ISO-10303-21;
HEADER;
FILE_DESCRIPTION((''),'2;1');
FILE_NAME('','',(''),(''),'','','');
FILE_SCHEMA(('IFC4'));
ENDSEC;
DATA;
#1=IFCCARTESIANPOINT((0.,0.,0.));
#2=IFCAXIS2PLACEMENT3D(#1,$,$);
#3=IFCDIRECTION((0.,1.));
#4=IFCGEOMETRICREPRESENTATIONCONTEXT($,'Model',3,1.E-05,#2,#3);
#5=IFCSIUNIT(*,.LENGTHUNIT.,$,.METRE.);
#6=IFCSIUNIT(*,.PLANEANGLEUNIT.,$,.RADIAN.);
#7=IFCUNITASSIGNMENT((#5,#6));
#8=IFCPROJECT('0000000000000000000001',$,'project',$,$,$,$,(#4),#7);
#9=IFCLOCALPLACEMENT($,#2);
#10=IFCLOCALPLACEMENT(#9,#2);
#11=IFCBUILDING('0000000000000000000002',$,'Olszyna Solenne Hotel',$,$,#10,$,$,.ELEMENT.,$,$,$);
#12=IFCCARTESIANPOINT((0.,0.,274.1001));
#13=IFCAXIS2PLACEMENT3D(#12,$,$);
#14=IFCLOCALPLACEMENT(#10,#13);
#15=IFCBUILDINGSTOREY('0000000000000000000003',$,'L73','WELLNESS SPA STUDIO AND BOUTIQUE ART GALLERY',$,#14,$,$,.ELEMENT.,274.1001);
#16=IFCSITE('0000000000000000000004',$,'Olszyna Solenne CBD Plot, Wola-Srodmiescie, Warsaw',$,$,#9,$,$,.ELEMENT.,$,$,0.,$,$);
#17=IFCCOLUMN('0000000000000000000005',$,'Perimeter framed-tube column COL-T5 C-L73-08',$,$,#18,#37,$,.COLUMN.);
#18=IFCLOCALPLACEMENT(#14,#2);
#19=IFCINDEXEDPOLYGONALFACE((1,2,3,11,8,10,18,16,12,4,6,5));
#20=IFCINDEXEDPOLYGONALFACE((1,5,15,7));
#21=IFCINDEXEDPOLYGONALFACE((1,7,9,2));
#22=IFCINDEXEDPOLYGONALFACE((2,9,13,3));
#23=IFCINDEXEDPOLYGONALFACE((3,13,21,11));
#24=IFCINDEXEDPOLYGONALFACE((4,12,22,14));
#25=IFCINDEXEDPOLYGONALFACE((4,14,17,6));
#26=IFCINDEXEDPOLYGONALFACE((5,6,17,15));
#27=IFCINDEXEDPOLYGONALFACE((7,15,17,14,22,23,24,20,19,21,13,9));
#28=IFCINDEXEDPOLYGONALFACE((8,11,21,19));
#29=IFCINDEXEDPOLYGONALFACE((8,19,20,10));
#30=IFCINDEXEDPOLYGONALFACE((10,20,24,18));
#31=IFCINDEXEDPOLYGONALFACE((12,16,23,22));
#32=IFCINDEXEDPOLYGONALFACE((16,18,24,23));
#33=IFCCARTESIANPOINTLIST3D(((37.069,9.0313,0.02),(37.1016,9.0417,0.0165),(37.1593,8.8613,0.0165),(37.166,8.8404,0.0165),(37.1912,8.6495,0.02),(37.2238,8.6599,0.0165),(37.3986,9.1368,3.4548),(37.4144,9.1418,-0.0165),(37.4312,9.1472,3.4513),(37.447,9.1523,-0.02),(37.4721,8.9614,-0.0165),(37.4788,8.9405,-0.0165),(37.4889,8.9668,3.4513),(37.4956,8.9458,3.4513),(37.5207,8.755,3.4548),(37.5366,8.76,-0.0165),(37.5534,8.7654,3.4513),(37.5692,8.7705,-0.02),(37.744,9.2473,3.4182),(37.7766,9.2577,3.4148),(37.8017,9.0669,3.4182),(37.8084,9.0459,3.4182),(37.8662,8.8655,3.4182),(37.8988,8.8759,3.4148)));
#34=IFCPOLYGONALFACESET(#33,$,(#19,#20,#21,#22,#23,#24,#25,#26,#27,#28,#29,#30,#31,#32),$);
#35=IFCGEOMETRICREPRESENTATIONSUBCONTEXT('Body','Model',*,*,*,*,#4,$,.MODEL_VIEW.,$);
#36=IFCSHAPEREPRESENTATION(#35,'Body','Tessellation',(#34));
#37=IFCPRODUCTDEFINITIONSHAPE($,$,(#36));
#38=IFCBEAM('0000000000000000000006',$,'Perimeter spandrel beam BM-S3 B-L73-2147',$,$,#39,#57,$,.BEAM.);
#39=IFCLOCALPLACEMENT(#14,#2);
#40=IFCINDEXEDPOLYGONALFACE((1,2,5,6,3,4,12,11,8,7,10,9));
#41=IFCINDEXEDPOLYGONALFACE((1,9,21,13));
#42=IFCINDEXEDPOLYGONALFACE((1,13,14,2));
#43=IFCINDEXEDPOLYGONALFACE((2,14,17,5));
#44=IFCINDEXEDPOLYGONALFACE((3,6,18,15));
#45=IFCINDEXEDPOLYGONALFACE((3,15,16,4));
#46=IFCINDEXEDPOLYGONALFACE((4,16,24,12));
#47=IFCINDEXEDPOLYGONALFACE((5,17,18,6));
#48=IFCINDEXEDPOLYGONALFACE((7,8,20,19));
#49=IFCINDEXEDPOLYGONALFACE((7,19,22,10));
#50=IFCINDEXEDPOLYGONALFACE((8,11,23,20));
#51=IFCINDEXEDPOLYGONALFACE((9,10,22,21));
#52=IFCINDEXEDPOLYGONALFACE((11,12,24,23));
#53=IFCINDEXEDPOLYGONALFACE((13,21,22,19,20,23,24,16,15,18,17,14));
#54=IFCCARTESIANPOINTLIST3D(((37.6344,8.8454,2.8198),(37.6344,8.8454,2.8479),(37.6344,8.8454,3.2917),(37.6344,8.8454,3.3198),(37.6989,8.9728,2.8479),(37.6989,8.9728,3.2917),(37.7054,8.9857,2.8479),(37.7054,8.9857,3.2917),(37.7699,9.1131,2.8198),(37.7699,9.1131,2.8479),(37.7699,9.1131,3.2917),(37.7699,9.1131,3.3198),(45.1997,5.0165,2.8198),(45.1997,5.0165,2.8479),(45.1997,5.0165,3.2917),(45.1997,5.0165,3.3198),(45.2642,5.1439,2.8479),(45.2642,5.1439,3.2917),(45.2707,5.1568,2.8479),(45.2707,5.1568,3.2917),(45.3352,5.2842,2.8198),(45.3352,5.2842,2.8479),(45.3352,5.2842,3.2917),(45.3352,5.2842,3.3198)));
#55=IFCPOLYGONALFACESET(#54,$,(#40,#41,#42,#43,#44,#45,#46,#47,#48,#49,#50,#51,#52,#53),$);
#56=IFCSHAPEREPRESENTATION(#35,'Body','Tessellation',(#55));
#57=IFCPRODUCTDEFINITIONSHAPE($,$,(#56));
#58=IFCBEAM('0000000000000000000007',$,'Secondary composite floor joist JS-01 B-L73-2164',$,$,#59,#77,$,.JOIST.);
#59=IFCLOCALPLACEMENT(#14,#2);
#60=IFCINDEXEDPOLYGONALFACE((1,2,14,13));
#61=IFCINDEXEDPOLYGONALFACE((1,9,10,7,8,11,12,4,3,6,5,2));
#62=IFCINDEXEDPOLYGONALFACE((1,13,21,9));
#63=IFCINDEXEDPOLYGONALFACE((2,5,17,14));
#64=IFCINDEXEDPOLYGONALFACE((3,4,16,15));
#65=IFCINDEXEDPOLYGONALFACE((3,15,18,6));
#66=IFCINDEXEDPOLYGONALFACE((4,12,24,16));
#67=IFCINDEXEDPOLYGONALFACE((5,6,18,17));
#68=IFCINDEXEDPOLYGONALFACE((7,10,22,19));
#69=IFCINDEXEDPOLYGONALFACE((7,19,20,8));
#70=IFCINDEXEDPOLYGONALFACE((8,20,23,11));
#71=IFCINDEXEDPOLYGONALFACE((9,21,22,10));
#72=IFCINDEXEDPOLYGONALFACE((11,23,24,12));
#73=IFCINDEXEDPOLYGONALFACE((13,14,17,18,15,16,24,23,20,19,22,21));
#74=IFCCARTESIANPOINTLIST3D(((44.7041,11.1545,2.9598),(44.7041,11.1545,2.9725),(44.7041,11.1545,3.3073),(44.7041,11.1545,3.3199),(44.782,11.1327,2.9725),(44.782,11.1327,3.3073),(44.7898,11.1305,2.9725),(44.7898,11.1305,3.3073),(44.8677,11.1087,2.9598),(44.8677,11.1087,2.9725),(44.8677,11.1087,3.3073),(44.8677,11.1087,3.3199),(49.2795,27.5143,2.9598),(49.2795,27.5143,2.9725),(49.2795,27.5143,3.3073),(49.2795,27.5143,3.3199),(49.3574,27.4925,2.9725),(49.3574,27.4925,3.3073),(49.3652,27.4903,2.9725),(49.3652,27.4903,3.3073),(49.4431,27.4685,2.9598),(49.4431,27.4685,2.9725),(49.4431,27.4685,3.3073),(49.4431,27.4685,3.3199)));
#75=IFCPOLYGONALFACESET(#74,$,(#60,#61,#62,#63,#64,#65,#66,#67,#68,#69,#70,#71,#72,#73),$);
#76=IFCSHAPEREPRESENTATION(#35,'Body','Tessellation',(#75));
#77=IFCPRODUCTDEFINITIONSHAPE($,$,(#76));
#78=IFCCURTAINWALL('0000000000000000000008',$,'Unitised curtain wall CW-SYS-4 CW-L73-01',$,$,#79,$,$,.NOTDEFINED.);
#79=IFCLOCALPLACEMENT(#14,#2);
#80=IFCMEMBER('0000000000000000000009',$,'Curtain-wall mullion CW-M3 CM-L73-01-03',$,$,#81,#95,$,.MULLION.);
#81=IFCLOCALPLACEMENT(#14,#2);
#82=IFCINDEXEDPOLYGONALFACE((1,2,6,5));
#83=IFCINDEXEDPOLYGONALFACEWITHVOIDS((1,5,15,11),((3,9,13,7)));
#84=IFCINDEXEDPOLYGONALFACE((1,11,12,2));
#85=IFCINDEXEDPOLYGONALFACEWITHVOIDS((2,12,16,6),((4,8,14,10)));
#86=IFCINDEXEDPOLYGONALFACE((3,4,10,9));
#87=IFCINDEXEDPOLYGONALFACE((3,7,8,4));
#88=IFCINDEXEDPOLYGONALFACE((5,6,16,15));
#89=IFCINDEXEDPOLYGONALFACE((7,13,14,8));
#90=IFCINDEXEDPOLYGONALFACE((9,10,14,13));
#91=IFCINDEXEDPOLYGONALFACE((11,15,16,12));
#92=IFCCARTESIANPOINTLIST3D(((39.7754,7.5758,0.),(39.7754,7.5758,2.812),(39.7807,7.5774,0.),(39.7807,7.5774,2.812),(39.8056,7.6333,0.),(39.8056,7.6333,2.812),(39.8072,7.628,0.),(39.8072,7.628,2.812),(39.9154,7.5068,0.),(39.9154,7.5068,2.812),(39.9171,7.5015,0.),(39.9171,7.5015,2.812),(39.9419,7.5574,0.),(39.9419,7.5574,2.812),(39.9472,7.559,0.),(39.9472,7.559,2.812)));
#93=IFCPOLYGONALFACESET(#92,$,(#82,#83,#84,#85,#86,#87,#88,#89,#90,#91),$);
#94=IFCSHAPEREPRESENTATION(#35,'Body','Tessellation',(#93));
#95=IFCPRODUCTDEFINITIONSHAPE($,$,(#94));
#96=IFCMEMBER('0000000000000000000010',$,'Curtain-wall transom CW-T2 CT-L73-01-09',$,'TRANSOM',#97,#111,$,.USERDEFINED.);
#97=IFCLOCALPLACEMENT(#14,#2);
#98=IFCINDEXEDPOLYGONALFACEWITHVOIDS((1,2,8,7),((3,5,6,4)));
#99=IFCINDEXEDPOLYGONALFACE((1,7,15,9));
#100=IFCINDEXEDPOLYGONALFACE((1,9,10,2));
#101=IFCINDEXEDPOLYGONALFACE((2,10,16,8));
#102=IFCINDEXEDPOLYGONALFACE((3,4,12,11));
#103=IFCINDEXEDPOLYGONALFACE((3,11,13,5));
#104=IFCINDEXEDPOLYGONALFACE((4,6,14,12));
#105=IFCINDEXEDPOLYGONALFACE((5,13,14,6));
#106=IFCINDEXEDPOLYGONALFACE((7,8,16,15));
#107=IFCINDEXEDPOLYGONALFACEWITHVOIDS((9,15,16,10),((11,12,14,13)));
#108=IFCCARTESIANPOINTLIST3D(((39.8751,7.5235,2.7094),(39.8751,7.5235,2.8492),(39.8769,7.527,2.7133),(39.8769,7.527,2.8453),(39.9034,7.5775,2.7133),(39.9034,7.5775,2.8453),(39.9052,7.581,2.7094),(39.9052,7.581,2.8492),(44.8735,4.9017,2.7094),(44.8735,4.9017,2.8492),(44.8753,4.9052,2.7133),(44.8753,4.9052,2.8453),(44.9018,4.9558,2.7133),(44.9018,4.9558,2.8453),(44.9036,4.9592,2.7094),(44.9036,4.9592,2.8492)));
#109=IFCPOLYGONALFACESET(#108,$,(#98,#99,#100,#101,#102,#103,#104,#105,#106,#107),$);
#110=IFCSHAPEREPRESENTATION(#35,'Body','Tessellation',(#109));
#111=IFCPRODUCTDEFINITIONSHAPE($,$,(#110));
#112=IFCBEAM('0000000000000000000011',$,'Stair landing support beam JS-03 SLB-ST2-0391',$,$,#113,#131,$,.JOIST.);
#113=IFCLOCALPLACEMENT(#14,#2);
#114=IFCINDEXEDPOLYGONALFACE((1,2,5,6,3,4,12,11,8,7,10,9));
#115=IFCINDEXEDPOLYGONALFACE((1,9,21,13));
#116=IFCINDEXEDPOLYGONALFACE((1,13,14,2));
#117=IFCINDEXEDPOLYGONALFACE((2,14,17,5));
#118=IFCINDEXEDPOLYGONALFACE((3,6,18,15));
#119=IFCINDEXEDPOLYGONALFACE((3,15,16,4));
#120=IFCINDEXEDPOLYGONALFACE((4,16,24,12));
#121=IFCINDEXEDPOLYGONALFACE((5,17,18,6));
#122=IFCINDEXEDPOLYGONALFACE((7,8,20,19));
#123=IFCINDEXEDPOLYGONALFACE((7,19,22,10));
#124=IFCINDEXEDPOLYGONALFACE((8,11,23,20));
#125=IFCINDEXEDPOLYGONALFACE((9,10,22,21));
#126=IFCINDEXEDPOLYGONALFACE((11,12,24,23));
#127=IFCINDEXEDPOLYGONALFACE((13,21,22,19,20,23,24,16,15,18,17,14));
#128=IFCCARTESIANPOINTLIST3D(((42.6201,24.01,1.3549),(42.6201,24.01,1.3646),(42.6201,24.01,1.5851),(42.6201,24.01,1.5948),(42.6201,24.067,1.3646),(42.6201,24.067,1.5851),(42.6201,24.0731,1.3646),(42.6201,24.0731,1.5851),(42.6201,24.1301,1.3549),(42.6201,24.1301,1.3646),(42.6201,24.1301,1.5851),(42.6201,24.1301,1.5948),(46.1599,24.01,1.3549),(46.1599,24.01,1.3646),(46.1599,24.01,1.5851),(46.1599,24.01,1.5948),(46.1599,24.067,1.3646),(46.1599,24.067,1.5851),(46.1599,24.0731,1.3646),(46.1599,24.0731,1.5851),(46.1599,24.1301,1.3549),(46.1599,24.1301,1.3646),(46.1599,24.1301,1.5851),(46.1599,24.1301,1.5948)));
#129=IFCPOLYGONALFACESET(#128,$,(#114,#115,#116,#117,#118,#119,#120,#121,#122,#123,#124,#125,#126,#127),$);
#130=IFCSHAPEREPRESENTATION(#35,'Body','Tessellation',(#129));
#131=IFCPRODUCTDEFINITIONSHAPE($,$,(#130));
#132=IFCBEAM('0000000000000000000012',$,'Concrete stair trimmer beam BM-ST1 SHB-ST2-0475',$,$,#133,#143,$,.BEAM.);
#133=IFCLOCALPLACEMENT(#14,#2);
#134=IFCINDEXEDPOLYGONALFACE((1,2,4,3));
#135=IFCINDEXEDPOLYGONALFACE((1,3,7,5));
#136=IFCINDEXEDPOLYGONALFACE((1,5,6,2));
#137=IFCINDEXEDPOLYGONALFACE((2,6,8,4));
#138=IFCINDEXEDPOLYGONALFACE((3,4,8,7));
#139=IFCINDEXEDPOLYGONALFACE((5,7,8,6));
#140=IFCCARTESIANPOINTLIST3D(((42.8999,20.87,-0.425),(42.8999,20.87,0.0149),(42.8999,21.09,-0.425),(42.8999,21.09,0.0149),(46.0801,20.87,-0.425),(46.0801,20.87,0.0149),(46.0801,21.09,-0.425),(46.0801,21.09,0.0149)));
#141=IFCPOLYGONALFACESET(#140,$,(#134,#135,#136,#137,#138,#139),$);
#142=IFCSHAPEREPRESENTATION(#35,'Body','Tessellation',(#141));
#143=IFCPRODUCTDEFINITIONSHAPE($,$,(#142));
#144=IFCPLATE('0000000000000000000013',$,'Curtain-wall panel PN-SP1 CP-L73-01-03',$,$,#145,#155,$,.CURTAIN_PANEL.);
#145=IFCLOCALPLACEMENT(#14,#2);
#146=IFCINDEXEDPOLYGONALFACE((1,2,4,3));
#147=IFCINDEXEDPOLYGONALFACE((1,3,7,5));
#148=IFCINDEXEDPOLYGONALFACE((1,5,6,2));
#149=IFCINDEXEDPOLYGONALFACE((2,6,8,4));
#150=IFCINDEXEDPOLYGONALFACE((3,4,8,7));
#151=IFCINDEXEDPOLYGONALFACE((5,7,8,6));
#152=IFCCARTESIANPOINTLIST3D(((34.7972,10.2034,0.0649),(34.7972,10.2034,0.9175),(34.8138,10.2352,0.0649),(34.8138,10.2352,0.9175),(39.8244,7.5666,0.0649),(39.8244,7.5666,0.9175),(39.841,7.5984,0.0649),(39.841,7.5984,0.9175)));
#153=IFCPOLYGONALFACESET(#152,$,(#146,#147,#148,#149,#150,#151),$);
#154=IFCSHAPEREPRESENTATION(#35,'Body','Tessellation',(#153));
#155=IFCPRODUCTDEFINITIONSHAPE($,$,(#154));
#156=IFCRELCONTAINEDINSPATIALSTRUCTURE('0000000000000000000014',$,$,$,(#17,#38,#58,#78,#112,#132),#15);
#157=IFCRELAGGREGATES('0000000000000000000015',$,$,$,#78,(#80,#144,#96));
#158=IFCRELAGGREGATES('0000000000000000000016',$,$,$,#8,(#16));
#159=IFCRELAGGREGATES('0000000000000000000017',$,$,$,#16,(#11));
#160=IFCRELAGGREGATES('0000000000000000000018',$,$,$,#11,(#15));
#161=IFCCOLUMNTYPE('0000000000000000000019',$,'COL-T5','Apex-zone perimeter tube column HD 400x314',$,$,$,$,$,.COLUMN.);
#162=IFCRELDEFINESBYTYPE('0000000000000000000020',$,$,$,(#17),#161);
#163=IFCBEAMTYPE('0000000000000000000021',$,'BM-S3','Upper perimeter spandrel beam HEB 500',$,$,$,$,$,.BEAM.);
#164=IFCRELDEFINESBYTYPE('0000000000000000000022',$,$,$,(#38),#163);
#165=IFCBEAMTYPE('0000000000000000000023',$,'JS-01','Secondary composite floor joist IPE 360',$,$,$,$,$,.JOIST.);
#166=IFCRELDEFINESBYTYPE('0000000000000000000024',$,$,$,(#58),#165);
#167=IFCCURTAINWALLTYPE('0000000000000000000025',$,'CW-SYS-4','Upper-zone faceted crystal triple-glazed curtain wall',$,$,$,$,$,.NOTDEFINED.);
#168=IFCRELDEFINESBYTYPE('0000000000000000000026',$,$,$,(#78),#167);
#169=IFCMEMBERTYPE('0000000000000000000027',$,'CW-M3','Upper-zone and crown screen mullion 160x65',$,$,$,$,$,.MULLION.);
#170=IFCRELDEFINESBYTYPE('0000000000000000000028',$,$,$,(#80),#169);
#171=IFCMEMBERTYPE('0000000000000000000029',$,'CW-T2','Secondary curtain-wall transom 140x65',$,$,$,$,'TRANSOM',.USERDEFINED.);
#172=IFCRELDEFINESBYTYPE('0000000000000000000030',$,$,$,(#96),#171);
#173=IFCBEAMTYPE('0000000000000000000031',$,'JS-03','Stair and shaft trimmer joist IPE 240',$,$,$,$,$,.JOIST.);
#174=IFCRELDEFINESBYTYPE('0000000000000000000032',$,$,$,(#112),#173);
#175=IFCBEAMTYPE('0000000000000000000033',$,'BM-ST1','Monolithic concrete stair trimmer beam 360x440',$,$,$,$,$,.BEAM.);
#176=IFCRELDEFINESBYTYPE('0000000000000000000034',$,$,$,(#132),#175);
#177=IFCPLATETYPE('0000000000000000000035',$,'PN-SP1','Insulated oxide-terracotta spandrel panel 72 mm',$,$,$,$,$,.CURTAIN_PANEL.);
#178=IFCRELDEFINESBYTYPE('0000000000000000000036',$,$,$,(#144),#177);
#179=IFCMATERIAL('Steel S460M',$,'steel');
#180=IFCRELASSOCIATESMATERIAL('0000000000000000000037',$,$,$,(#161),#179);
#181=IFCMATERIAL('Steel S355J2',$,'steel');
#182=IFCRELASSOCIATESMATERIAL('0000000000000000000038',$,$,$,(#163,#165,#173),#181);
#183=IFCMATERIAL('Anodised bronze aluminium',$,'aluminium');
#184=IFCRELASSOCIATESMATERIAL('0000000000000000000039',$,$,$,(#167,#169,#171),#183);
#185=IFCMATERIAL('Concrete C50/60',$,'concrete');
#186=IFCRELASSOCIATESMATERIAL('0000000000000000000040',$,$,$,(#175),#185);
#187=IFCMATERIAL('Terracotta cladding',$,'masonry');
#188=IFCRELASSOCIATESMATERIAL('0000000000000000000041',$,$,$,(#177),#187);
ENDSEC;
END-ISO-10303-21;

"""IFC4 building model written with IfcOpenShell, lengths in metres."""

from ifc_helpers import new_model, si_unit, direction, frame, origin, origin_2d, place, context, subcontext, project, spatial, rectangle, hollow_rectangle, i_section, extrude, source, transform, mapped, material, material_profile, profile_set, type_object, element, aggregate, save


model = new_model("IFC4")

# Units and contexts
model_context = context("Model", 3, precision=1e-05, world=origin(), true_north=direction((0.0, 1.0)))
body_context = subcontext(model_context, "Body", "Model", "MODEL_VIEW")
ifc_project = project(units=[si_unit("LENGTHUNIT", "METRE"), si_unit("PLANEANGLEUNIT", "RADIAN")], contexts=[model_context])

# Site, building, storey
site_placement = place(None, origin())
site = spatial("IfcSite", under=ifc_project, at=site_placement, Name="Olszyna Solenne CBD Plot, Wola-Srodmiescie, Warsaw", CompositionType="ELEMENT", RefElevation=0.0)
building_placement = place(site_placement, origin())
building = spatial("IfcBuilding", under=site, at=building_placement, Name="Olszyna Solenne Hotel", CompositionType="ELEMENT")
storey_placement = place(building_placement, frame((0.0, 0.0, 274.1001)))
storey = spatial("IfcBuildingStorey", under=building, at=storey_placement, Name="L73", Description="WELLNESS SPA STUDIO AND BOUTIQUE ART GALLERY", CompositionType="ELEMENT", Elevation=274.1001)

# Column
ifc_material_1 = material(Name="Steel S460M", Category="steel")
ifc_material_profile_1 = material_profile(ifc_material_1, i_section(OverallWidth=0.4009, OverallDepth=0.3989, WebThickness=0.022, FlangeThickness=0.0344, at=origin_2d()), Name="HD 400x314", Category="load-bearing")
ifc_profile_set_1 = profile_set([ifc_material_profile_1], Name="Steel S460M")
column_type = type_object("IfcColumnType", Name="COL-T5", Description="Apex-zone perimeter tube column HD 400x314", PredefinedType="COLUMN", material=ifc_profile_set_1)
shared_shape_1 = source(origin(), body_context, "Body", "SweptSolid", [
    extrude(i_section(OverallWidth=0.4009, OverallDepth=0.3989, WebThickness=0.022, FlangeThickness=0.0344, at=origin_2d()), origin(), (0.0, 0.0, 1.0), 3.4521),
])
column_placement = place(storey_placement, frame((37.3191, 8.9009, 0.0), z_axis=(0.095472, 0.030551, 0.994963), x_axis=(-0.304776, 0.952424, 0.0)))
element("IfcColumn", 1, at=column_placement, inside=storey, type_object=column_type, Name="Perimeter framed-tube column COL-T5 C-L73-08", PredefinedType="COLUMN", context=body_context, shape_type="MappedRepresentation", body=[
    mapped(shared_shape_1, transform((0.0, 0.0, 0.0), x_axis=(1.0, 0.0, 0.0), y_axis=(0.0, 1.0, 0.0), z_axis=(0.0, 0.0, 1.0), scale=1.0)),
])

# Beams
ifc_material_2 = material(Name="Steel S355J2", Category="steel")
ifc_material_profile_2 = material_profile(ifc_material_2, i_section(OverallWidth=0.3, OverallDepth=0.5, WebThickness=0.0144, FlangeThickness=0.0281, at=origin_2d()), Name="HEB 500", Category="load-bearing")
ifc_profile_set_2 = profile_set([ifc_material_profile_2], Name="Steel S355J2")
beam_type_1 = type_object("IfcBeamType", Name="BM-S3", Description="Upper perimeter spandrel beam HEB 500", PredefinedType="BEAM", material=ifc_profile_set_2)
shared_shape_2 = source(origin(), body_context, "Body", "SweptSolid", [
    extrude(i_section(OverallWidth=0.3, OverallDepth=0.5, WebThickness=0.0144, FlangeThickness=0.0281, at=origin_2d()), origin(), (0.0, 0.0, 1.0), 8.479),
])
beam_1_placement = place(storey_placement, frame((37.7021, 8.9792, 3.0698), z_axis=(0.892234, -0.451573, 0.0), x_axis=(0.451573, 0.892234, 0.0)))
element("IfcBeam", 2, at=beam_1_placement, inside=storey, type_object=beam_type_1, Name="Perimeter spandrel beam BM-S3 B-L73-2147", PredefinedType="BEAM", context=body_context, shape_type="MappedRepresentation", body=[
    mapped(shared_shape_2, transform((0.0, 0.0, 0.0), x_axis=(1.0, 0.0, 0.0), y_axis=(0.0, 1.0, 0.0), z_axis=(0.0, 0.0, 1.0), scale=1.0)),
])
ifc_material_profile_3 = material_profile(ifc_material_2, i_section(OverallWidth=0.1699, OverallDepth=0.3601, WebThickness=0.0081, FlangeThickness=0.0127, at=origin_2d()), Name="IPE 360", Category="load-bearing")
ifc_profile_set_3 = profile_set([ifc_material_profile_3], Name="Steel S355J2")
beam_type_2 = type_object("IfcBeamType", Name="JS-01", Description="Secondary composite floor joist IPE 360", PredefinedType="JOIST", material=ifc_profile_set_3)
shared_shape_3 = source(origin(), body_context, "Body", "SweptSolid", [
    extrude(i_section(OverallWidth=0.1699, OverallDepth=0.3601, WebThickness=0.0081, FlangeThickness=0.0127, at=origin_2d()), origin(), (0.0, 0.0, 1.0), 16.9875),
])
beam_2_placement = place(storey_placement, frame((44.7859, 11.1316, 3.1399), z_axis=(0.269339, 0.963045, 0.0), x_axis=(-0.963045, 0.269339, 0.0)))
element("IfcBeam", 3, at=beam_2_placement, inside=storey, type_object=beam_type_2, Name="Secondary composite floor joist JS-01 B-L73-2164", PredefinedType="JOIST", context=body_context, shape_type="MappedRepresentation", body=[
    mapped(shared_shape_3, transform((0.0, 0.0, 0.0), x_axis=(1.0, 0.0, 0.0), y_axis=(0.0, 1.0, 0.0), z_axis=(0.0, 0.0, 1.0), scale=1.0)),
])

# Curtain wall, members
ifc_material_3 = material(Name="Anodised bronze aluminium", Category="aluminium")
curtain_wall_type = type_object("IfcCurtainWallType", Name="CW-SYS-4", Description="Upper-zone faceted crystal triple-glazed curtain wall", PredefinedType="NOTDEFINED", material=ifc_material_3)
curtain_wall_placement = place(storey_placement, origin())
curtain_wall = element("IfcCurtainWall", 4, at=curtain_wall_placement, inside=storey, type_object=curtain_wall_type, Name="Unitised curtain wall CW-SYS-4 CW-L73-01", PredefinedType="NOTDEFINED")
ifc_material_profile_4 = material_profile(ifc_material_3, hollow_rectangle(XDim=0.0649, YDim=0.1599, WallThickness=0.0039, at=origin_2d()), Name="MULL 160x65x4", Category="load-bearing")
ifc_profile_set_4 = profile_set([ifc_material_profile_4], Name="Anodised bronze aluminium")
member_type_1 = type_object("IfcMemberType", Name="CW-M3", Description="Upper-zone and crown screen mullion 160x65", PredefinedType="MULLION", material=ifc_profile_set_4)
shared_shape_4 = source(origin(), body_context, "Body", "SweptSolid", [
    extrude(hollow_rectangle(XDim=0.0649, YDim=0.1599, WallThickness=0.0039, at=origin_2d()), origin(), (0.0, 0.0, 1.0), 2.812),
])
member_1_placement = place(storey_placement, frame((39.8613, 7.5674, 0.0), z_axis=(0.0, 0.0, 1.0), x_axis=(0.464494, 0.885576, 0.0)))
member_1 = element("IfcMember", 5, at=member_1_placement, type_object=member_type_1, Name="Curtain-wall mullion CW-M3 CM-L73-01-03", PredefinedType="MULLION", context=body_context, shape_type="MappedRepresentation", body=[
    mapped(shared_shape_4, transform((0.0, 0.0, 0.0), x_axis=(1.0, 0.0, 0.0), y_axis=(0.0, 1.0, 0.0), z_axis=(0.0, 0.0, 1.0), scale=1.0)),
])
ifc_material_profile_5 = material_profile(ifc_material_3, hollow_rectangle(XDim=0.0649, YDim=0.1399, WallThickness=0.0039, at=origin_2d()), Name="TRAN 140x65x4", Category="load-bearing")
ifc_profile_set_5 = profile_set([ifc_material_profile_5], Name="Anodised bronze aluminium")
member_type_2 = type_object("IfcMemberType", Name="CW-T2", Description="Secondary curtain-wall transom 140x65", ElementType="TRANSOM", PredefinedType="USERDEFINED", material=ifc_profile_set_5)
shared_shape_5 = source(origin(), body_context, "Body", "SweptSolid", [
    extrude(hollow_rectangle(XDim=0.0649, YDim=0.1399, WallThickness=0.0039, at=origin_2d()), origin(), (0.0, 0.0, 1.0), 5.6443),
])
member_2_placement = place(storey_placement, frame((39.8901, 7.5522, 2.7793), z_axis=(0.885573, -0.4645, 0.0), x_axis=(0.4645, 0.885573, 0.0)))
member_2 = element("IfcMember", 6, at=member_2_placement, type_object=member_type_2, Name="Curtain-wall transom CW-T2 CT-L73-01-09", ObjectType="TRANSOM", PredefinedType="USERDEFINED", context=body_context, shape_type="MappedRepresentation", body=[
    mapped(shared_shape_5, transform((0.0, 0.0, 0.0), x_axis=(1.0, 0.0, 0.0), y_axis=(0.0, 1.0, 0.0), z_axis=(0.0, 0.0, 1.0), scale=1.0)),
])

# Beams
ifc_material_profile_6 = material_profile(ifc_material_2, i_section(OverallWidth=0.1201, OverallDepth=0.24, WebThickness=0.0061, FlangeThickness=0.0098, at=origin_2d()), Name="IPE 240", Category="load-bearing")
ifc_profile_set_6 = profile_set([ifc_material_profile_6], Name="Steel S355J2")
beam_type_3 = type_object("IfcBeamType", Name="JS-03", Description="Stair and shaft trimmer joist IPE 240", PredefinedType="JOIST", material=ifc_profile_set_6)
shared_shape_6 = source(origin(), body_context, "Body", "SweptSolid", [
    extrude(i_section(OverallWidth=0.1201, OverallDepth=0.24, WebThickness=0.0061, FlangeThickness=0.0098, at=origin_2d()), origin(), (0.0, 0.0, 1.0), 3.5398),
])
beam_3_placement = place(storey_placement, frame((46.1599, 24.0701, 1.4749), z_axis=(-1.0, 0.0, 0.0), x_axis=(0.0, -1.0, 0.0)))
element("IfcBeam", 7, at=beam_3_placement, inside=storey, type_object=beam_type_3, Name="Stair landing support beam JS-03 SLB-ST2-0391", PredefinedType="JOIST", context=body_context, shape_type="MappedRepresentation", body=[
    mapped(shared_shape_6, transform((0.0, 0.0, 0.0), x_axis=(1.0, 0.0, 0.0), y_axis=(0.0, 1.0, 0.0), z_axis=(0.0, 0.0, 1.0), scale=1.0)),
])
ifc_material_4 = material(Name="Concrete C50/60", Category="concrete")
ifc_material_profile_7 = material_profile(ifc_material_4, rectangle(XDim=0.22, YDim=0.4399, at=origin_2d()), Name="RC 220x440", Category="load-bearing")
ifc_profile_set_7 = profile_set([ifc_material_profile_7], Name="Concrete C50/60")
beam_type_4 = type_object("IfcBeamType", Name="BM-ST1", Description="Monolithic concrete stair trimmer beam 360x440", PredefinedType="BEAM", material=ifc_profile_set_7)
shared_shape_7 = source(origin(), body_context, "Body", "SweptSolid", [
    extrude(rectangle(XDim=0.22, YDim=0.4399, at=origin_2d()), origin(), (0.0, 0.0, 1.0), 3.1802),
])
beam_4_placement = place(storey_placement, frame((46.0801, 20.98, -0.2051), z_axis=(-1.0, 0.0, 0.0), x_axis=(0.0, -1.0, 0.0)))
element("IfcBeam", 8, at=beam_4_placement, inside=storey, type_object=beam_type_4, Name="Concrete stair trimmer beam BM-ST1 SHB-ST2-0475", PredefinedType="BEAM", context=body_context, shape_type="MappedRepresentation", body=[
    mapped(shared_shape_7, transform((0.0, 0.0, 0.0), x_axis=(1.0, 0.0, 0.0), y_axis=(0.0, 1.0, 0.0), z_axis=(0.0, 0.0, 1.0), scale=1.0)),
])

# Plate
ifc_material_5 = material(Name="Terracotta cladding", Category="masonry")
plate_type_1 = type_object("IfcPlateType", Name="PN-SP1", Description="Insulated oxide-terracotta spandrel panel 72 mm", PredefinedType="CURTAIN_PANEL", material=ifc_material_5)
shared_shape_8 = source(origin(), body_context, "Body", "SweptSolid", [
    extrude(rectangle(XDim=5.6768, YDim=0.0359, at=origin_2d()), origin(), (0.0, 0.0, 1.0), 0.8525),
])
plate_1_placement = place(storey_placement, frame((37.3191, 8.9009, 0.0649), z_axis=(0.0, 0.0, 1.0), x_axis=(0.885576, -0.464494, 0.0)))
plate_1 = element("IfcPlate", 9, at=plate_1_placement, type_object=plate_type_1, Name="Curtain-wall panel PN-SP1 CP-L73-01-03", PredefinedType="CURTAIN_PANEL", context=body_context, shape_type="MappedRepresentation", body=[
    mapped(shared_shape_8, transform((0.0, 0.0, 0.0), x_axis=(1.0, 0.0, 0.0), y_axis=(0.0, 1.0, 0.0), z_axis=(0.0, 0.0, 1.0), scale=1.0)),
])
aggregate(curtain_wall, [member_1, plate_1, member_2])

save(model, "model.ifc")
